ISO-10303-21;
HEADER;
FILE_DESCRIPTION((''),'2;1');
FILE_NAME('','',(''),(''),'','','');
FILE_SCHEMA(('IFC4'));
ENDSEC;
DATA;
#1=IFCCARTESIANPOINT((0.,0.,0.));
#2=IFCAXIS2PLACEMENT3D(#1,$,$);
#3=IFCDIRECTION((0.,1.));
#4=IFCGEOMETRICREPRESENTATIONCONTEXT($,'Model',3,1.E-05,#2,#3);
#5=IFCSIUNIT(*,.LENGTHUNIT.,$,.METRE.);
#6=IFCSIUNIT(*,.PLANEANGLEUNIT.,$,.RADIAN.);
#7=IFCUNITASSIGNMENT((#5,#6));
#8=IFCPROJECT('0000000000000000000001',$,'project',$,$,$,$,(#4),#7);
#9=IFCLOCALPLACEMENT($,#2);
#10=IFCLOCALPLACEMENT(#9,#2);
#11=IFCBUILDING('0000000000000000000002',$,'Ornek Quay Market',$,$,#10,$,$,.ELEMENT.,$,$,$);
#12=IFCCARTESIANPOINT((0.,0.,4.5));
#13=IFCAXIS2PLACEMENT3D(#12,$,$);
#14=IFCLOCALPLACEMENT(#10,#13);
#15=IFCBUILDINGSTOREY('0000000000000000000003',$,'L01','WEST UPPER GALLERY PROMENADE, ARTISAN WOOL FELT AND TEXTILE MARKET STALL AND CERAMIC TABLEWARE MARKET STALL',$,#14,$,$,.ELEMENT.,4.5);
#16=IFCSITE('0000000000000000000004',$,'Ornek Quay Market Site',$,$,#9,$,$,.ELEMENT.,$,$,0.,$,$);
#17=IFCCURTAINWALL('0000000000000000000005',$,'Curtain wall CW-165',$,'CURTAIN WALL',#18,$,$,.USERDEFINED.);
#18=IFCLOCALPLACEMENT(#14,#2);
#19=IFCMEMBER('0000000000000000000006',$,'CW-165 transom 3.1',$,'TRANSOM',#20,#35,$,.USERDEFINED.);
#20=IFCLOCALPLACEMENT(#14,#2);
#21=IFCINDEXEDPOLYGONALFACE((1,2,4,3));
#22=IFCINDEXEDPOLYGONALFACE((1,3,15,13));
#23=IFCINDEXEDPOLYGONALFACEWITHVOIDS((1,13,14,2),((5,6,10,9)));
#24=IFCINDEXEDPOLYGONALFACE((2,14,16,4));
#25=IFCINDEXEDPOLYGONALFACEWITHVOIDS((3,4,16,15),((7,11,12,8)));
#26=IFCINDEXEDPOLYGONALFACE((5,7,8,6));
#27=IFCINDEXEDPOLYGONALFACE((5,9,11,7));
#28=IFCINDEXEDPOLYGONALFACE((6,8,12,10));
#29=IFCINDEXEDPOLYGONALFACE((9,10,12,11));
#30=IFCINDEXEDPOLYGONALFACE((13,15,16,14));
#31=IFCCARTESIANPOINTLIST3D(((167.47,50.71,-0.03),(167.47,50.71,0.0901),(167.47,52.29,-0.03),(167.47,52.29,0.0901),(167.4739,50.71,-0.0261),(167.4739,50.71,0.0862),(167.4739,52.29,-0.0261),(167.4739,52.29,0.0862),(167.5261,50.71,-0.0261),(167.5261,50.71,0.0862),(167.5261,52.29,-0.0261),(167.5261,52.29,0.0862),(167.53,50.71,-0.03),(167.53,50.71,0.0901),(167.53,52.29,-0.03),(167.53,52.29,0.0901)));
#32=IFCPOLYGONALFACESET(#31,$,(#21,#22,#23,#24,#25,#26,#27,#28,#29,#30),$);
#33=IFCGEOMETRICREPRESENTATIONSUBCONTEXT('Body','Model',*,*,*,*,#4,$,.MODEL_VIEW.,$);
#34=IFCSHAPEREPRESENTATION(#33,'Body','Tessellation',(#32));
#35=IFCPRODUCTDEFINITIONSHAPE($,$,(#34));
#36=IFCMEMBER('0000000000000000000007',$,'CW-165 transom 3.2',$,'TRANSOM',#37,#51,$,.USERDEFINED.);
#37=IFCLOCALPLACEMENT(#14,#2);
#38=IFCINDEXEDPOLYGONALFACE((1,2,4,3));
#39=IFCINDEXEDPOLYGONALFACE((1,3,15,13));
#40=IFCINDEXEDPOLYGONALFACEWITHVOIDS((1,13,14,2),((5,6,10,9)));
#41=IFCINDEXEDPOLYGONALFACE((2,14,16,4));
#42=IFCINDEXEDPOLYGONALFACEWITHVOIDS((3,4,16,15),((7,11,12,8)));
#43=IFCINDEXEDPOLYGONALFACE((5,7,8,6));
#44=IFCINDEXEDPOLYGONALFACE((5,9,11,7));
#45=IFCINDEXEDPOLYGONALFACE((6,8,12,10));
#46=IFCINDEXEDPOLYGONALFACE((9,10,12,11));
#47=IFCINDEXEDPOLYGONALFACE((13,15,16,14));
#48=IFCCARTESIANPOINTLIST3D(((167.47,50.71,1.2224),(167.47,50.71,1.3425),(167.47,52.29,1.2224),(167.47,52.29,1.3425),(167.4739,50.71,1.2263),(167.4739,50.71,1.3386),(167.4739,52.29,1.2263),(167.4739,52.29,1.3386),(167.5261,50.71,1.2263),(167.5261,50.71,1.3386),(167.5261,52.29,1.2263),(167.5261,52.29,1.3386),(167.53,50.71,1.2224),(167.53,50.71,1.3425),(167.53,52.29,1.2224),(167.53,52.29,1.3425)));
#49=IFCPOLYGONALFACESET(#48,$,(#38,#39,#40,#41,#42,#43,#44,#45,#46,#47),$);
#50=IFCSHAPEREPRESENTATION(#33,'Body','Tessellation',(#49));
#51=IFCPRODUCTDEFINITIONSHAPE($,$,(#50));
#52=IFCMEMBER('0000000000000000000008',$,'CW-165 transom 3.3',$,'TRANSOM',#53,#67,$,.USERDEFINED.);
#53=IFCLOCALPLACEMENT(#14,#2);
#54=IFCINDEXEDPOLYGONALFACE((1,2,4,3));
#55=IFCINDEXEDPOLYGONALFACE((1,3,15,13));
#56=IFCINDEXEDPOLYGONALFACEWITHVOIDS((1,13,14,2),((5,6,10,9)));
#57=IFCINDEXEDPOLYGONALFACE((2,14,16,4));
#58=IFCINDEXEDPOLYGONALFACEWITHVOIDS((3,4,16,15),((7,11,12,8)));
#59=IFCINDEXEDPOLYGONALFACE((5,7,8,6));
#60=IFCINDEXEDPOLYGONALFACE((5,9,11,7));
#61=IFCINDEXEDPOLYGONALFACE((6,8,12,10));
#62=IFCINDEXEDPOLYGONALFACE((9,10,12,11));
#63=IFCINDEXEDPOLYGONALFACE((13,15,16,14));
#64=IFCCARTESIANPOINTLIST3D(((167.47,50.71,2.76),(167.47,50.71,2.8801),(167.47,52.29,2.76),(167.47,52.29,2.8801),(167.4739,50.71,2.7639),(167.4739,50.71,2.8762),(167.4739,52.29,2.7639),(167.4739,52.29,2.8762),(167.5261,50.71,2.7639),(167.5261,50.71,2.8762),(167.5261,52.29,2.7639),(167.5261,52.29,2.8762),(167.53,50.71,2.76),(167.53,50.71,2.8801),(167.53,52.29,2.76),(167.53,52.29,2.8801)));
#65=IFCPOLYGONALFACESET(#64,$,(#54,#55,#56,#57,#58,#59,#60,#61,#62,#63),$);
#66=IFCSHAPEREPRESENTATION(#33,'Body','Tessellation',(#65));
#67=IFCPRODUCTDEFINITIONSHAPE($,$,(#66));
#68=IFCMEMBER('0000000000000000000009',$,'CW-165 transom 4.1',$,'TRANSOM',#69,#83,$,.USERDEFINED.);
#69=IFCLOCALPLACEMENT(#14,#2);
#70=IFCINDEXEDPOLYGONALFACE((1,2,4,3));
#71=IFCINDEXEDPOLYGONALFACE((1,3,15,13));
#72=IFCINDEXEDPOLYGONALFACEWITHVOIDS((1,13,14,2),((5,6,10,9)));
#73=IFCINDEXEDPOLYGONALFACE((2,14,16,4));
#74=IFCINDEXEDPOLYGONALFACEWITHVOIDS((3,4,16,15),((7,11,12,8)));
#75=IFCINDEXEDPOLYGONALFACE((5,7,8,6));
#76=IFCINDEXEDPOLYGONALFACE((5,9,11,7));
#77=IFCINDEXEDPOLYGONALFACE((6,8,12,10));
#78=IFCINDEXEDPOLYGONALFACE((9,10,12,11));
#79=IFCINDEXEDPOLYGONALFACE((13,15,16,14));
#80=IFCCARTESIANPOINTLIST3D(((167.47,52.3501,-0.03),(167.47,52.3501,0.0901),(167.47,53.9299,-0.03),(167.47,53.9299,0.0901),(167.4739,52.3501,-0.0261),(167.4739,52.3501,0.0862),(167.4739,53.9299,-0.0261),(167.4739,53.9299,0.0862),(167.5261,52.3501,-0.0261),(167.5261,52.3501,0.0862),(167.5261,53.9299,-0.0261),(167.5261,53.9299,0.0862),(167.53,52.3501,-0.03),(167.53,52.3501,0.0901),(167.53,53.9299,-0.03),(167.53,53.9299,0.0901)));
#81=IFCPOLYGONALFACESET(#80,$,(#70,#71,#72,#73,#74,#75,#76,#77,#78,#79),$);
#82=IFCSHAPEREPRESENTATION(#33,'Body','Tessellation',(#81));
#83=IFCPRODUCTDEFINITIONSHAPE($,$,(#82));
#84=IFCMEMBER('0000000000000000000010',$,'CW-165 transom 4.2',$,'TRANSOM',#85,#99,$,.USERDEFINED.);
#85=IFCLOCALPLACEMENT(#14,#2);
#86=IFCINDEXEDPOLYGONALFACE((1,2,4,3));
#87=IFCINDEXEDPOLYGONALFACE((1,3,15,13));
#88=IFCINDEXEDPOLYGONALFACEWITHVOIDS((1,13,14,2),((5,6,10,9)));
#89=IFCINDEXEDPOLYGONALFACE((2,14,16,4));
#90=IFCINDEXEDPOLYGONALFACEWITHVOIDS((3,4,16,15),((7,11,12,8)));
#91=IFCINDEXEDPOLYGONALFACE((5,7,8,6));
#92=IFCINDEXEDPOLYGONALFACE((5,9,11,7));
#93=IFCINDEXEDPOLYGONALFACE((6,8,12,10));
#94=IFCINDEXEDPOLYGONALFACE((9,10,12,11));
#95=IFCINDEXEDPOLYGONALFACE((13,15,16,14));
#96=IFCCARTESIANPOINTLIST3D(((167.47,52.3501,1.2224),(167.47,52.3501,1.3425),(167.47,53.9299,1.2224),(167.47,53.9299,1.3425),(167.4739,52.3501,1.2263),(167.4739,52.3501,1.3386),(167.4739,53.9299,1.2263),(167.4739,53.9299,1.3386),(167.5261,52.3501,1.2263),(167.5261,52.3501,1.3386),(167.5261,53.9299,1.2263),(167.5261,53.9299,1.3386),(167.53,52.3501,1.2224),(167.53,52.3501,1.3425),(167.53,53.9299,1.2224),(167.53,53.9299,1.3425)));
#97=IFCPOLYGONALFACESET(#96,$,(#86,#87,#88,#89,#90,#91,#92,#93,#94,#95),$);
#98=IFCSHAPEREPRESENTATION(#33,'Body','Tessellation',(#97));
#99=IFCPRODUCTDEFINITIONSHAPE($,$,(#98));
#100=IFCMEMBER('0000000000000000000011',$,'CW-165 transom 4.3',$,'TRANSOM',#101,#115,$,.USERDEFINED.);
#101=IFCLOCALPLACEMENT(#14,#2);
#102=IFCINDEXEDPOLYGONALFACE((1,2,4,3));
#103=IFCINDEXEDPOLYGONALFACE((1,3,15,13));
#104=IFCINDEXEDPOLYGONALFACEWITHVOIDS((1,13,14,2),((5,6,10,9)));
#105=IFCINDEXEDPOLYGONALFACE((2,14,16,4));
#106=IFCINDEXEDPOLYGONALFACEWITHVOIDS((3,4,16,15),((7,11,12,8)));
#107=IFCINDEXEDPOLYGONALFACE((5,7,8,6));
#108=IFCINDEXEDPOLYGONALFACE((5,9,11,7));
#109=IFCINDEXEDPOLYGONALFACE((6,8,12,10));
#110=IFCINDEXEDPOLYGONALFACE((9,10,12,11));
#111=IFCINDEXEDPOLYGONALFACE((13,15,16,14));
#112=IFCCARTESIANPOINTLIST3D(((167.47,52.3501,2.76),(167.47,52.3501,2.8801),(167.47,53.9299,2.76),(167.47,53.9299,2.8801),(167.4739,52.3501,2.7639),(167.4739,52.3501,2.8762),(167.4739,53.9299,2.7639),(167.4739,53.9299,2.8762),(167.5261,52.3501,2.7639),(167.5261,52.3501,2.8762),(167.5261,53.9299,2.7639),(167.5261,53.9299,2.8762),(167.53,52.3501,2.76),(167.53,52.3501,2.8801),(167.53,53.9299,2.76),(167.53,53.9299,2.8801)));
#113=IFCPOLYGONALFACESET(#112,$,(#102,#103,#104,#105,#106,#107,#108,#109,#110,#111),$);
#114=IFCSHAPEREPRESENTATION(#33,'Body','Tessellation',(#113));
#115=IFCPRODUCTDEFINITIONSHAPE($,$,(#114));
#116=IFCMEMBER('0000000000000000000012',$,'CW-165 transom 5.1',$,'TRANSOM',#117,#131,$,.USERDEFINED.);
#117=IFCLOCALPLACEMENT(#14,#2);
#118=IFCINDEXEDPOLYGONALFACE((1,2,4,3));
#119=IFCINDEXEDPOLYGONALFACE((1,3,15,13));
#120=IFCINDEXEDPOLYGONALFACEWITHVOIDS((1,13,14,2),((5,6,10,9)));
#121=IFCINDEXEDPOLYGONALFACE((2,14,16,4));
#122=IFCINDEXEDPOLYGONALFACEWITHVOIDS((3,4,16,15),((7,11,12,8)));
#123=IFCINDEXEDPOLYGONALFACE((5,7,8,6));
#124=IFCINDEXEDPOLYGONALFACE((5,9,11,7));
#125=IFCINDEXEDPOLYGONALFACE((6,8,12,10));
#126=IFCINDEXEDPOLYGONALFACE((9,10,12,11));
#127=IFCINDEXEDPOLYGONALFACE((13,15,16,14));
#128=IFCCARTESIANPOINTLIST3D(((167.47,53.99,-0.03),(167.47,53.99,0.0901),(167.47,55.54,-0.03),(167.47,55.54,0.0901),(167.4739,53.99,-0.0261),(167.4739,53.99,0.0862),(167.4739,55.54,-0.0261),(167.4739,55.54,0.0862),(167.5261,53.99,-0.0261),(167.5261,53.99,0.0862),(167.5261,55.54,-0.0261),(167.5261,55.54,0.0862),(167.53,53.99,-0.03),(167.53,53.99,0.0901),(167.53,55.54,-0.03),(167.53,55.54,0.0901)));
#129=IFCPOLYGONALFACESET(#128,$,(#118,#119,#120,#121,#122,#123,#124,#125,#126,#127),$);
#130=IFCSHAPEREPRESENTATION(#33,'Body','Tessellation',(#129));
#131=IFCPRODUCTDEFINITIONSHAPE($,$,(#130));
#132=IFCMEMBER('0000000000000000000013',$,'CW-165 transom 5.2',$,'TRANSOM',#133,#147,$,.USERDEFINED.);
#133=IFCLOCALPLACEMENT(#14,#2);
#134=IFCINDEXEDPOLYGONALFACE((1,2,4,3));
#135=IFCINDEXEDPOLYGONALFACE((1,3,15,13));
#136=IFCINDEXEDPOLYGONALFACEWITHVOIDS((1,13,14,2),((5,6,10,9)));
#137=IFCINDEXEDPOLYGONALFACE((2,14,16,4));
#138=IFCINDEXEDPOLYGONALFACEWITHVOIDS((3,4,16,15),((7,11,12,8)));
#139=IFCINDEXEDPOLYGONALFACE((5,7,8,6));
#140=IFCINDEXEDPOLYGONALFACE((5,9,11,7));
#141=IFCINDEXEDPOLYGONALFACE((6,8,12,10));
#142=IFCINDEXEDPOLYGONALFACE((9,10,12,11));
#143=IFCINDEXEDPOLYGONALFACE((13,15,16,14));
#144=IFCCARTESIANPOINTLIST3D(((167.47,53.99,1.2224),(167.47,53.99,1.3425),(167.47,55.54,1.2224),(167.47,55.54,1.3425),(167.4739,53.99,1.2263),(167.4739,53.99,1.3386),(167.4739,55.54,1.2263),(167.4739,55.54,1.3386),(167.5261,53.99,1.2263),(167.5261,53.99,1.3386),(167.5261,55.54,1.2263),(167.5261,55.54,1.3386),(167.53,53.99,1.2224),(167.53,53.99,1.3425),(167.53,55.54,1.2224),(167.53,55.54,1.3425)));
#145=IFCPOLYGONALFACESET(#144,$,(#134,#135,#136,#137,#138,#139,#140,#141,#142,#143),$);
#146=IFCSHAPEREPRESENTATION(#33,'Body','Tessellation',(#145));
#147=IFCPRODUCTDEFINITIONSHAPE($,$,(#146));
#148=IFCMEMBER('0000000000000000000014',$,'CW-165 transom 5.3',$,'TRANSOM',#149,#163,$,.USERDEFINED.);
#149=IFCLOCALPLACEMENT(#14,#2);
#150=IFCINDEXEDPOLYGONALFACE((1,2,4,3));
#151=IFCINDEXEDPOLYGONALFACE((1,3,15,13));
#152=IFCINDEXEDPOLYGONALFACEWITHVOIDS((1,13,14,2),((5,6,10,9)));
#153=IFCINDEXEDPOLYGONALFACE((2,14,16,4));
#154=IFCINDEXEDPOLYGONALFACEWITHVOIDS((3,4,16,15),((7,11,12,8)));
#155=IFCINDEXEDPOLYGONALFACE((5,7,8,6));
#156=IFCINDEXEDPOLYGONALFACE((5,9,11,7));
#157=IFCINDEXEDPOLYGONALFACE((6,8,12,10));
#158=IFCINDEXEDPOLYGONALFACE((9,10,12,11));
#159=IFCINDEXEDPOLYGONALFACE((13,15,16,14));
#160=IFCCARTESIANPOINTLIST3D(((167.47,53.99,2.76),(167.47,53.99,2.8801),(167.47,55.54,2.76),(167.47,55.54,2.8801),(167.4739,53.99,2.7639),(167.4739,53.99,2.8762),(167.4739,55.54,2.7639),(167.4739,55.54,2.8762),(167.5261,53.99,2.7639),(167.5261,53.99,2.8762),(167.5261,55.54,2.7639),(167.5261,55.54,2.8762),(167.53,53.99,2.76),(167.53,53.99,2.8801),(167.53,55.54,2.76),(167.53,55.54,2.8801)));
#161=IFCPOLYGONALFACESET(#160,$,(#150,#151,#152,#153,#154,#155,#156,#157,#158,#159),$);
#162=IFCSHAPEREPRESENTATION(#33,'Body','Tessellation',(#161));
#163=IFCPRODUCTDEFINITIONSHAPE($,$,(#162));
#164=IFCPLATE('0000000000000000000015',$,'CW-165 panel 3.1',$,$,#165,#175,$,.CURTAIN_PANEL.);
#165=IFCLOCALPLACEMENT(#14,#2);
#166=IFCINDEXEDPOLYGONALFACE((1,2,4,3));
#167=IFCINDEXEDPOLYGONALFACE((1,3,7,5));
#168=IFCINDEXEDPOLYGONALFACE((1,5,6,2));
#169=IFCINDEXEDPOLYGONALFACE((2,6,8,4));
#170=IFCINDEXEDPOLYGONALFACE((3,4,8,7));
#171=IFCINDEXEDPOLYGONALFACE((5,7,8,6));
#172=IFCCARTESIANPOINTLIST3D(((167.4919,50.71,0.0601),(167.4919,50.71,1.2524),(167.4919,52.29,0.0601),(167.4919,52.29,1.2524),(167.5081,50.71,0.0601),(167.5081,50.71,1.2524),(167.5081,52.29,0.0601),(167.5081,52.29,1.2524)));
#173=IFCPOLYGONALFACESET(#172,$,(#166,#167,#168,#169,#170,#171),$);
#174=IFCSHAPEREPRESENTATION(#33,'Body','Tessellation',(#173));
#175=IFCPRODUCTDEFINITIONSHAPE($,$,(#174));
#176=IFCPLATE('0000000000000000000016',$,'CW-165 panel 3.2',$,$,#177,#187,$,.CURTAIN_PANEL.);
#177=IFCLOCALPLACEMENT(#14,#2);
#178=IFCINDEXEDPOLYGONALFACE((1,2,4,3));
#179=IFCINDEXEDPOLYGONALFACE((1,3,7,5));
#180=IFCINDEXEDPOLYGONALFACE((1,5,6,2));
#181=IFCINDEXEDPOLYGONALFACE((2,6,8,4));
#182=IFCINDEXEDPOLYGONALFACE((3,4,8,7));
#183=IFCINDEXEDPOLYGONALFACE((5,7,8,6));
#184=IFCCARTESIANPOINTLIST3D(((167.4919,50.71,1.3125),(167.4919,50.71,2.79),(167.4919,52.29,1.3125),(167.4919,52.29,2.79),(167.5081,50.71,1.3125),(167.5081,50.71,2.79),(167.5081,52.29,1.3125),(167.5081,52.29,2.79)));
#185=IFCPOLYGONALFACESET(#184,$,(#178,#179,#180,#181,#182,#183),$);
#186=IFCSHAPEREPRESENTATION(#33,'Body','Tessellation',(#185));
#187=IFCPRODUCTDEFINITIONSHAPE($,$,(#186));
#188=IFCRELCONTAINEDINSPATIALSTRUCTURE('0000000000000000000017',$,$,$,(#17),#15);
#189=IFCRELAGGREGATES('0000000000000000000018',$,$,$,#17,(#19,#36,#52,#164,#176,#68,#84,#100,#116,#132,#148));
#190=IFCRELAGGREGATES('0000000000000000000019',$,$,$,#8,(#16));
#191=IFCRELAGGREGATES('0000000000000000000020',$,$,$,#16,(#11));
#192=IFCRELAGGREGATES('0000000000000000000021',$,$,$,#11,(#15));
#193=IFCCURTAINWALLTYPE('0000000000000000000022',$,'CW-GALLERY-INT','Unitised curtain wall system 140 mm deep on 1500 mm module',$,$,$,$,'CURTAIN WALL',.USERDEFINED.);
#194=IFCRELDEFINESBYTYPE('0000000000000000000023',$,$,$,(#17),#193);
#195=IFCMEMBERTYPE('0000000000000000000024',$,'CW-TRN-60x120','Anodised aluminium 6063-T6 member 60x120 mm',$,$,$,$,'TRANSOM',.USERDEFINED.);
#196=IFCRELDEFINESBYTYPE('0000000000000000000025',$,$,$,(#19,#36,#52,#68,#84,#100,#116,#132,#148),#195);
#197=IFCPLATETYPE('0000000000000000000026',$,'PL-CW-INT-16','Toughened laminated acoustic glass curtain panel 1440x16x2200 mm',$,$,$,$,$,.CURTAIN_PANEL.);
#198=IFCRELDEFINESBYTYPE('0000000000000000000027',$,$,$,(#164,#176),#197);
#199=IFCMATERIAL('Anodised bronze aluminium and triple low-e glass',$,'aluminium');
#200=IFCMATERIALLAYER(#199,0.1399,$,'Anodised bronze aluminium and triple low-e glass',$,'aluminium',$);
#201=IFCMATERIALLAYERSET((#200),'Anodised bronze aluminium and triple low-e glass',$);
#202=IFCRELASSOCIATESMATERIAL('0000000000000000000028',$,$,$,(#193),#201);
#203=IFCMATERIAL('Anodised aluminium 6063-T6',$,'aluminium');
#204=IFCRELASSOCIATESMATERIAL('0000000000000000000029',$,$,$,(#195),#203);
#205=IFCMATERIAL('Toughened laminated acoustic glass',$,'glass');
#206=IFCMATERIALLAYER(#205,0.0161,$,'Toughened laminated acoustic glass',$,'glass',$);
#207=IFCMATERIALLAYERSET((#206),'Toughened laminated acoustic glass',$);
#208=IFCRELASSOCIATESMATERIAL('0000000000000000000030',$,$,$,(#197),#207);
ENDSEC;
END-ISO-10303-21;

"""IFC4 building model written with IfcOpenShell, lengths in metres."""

from ifc_helpers import new_model, si_unit, direction, frame, origin, origin_2d, place, context, subcontext, project, spatial, rectangle, hollow_rectangle, extrude, material, layer, layer_set, material_profile, profile_set, type_object, element, aggregate, save


model = new_model("IFC4")

# Units and contexts
model_context = context("Model", 3, precision=1e-05, world=origin(), true_north=direction((0.0, 1.0)))
body_context = subcontext(model_context, "Body", "Model", "MODEL_VIEW")
ifc_project = project(units=[si_unit("LENGTHUNIT", "METRE"), si_unit("PLANEANGLEUNIT", "RADIAN")], contexts=[model_context])

# Site, building, storey
site_placement = place(None, origin())
site = spatial("IfcSite", under=ifc_project, at=site_placement, Name="Ornek Quay Market Site", CompositionType="ELEMENT", RefElevation=0.0)
building_placement = place(site_placement, origin())
building = spatial("IfcBuilding", under=site, at=building_placement, Name="Ornek Quay Market", CompositionType="ELEMENT")
storey_placement = place(building_placement, frame((0.0, 0.0, 4.5)))
storey = spatial("IfcBuildingStorey", under=building, at=storey_placement, Name="L01", Description="WEST UPPER GALLERY PROMENADE, ARTISAN WOOL FELT AND TEXTILE MARKET STALL AND CERAMIC TABLEWARE MARKET STALL", CompositionType="ELEMENT", Elevation=4.5)

# Curtain wall
ifc_material_1 = material(Name="Anodised bronze aluminium and triple low-e glass", Category="aluminium")
ifc_layer_1 = layer(ifc_material_1, 0.1399, Name="Anodised bronze aluminium and triple low-e glass", Category="aluminium")
ifc_layer_set_1 = layer_set([ifc_layer_1], Name="Anodised bronze aluminium and triple low-e glass")
curtain_wall_type = type_object("IfcCurtainWallType", Name="CW-GALLERY-INT", Description="Unitised curtain wall system 140 mm deep on 1500 mm module", ElementType="CURTAIN WALL", PredefinedType="USERDEFINED", material=ifc_layer_set_1)
curtain_wall_1_placement = place(storey_placement, origin())
curtain_wall_1 = element("IfcCurtainWall", 1, at=curtain_wall_1_placement, inside=storey, type_object=curtain_wall_type, Name="Curtain wall CW-165", ObjectType="CURTAIN WALL", PredefinedType="USERDEFINED")
ifc_material_2 = material(Name="Anodised aluminium 6063-T6", Category="aluminium")

# Members
ifc_material_profile_1 = material_profile(ifc_material_2, hollow_rectangle(XDim=0.0601, YDim=0.1201, WallThickness=0.0039, at=origin_2d()), Name="CW-TRN-60x120", Category="aluminium")
ifc_profile_set_1 = profile_set([ifc_material_profile_1], Name="Anodised aluminium 6063-T6")
member_type_1 = type_object("IfcMemberType", Name="CW-TRN-60x120", Description="Anodised aluminium 6063-T6 member 60x120 mm", ElementType="TRANSOM", PredefinedType="USERDEFINED", material=ifc_profile_set_1)
member_1_placement = place(storey_placement, frame((167.5, 50.71, 0.03), z_axis=(0.0, 1.0, 0.0), x_axis=(-1.0, 0.0, 0.0)))
member_1 = element("IfcMember", 2, at=member_1_placement, type_object=member_type_1, Name="CW-165 transom 3.1", ObjectType="TRANSOM", PredefinedType="USERDEFINED", context=body_context, shape_type="SweptSolid", body=[
    extrude(hollow_rectangle(XDim=0.0601, YDim=0.1201, WallThickness=0.0039, at=origin_2d()), origin(), (0.0, 0.0, 1.0), 1.5801),
])
member_2_placement = place(storey_placement, frame((167.5, 50.71, 1.2825), z_axis=(0.0, 1.0, 0.0), x_axis=(-1.0, 0.0, 0.0)))
member_2 = element("IfcMember", 3, at=member_2_placement, type_object=member_type_1, Name="CW-165 transom 3.2", ObjectType="TRANSOM", PredefinedType="USERDEFINED", context=body_context, shape_type="SweptSolid", body=[
    extrude(hollow_rectangle(XDim=0.0601, YDim=0.1201, WallThickness=0.0039, at=origin_2d()), origin(), (0.0, 0.0, 1.0), 1.5801),
])
member_3_placement = place(storey_placement, frame((167.5, 50.71, 2.8201), z_axis=(0.0, 1.0, 0.0), x_axis=(-1.0, 0.0, 0.0)))
member_3 = element("IfcMember", 4, at=member_3_placement, type_object=member_type_1, Name="CW-165 transom 3.3", ObjectType="TRANSOM", PredefinedType="USERDEFINED", context=body_context, shape_type="SweptSolid", body=[
    extrude(hollow_rectangle(XDim=0.0601, YDim=0.1201, WallThickness=0.0039, at=origin_2d()), origin(), (0.0, 0.0, 1.0), 1.5801),
])
member_4_placement = place(storey_placement, frame((167.5, 52.3501, 0.03), z_axis=(0.0, 1.0, 0.0), x_axis=(-1.0, 0.0, 0.0)))
member_4 = element("IfcMember", 5, at=member_4_placement, type_object=member_type_1, Name="CW-165 transom 4.1", ObjectType="TRANSOM", PredefinedType="USERDEFINED", context=body_context, shape_type="SweptSolid", body=[
    extrude(hollow_rectangle(XDim=0.0601, YDim=0.1201, WallThickness=0.0039, at=origin_2d()), origin(), (0.0, 0.0, 1.0), 1.5798),
])
member_5_placement = place(storey_placement, frame((167.5, 52.3501, 1.2825), z_axis=(0.0, 1.0, 0.0), x_axis=(-1.0, 0.0, 0.0)))
member_5 = element("IfcMember", 6, at=member_5_placement, type_object=member_type_1, Name="CW-165 transom 4.2", ObjectType="TRANSOM", PredefinedType="USERDEFINED", context=body_context, shape_type="SweptSolid", body=[
    extrude(hollow_rectangle(XDim=0.0601, YDim=0.1201, WallThickness=0.0039, at=origin_2d()), origin(), (0.0, 0.0, 1.0), 1.5798),
])
member_6_placement = place(storey_placement, frame((167.5, 52.3501, 2.8201), z_axis=(0.0, 1.0, 0.0), x_axis=(-1.0, 0.0, 0.0)))
member_6 = element("IfcMember", 7, at=member_6_placement, type_object=member_type_1, Name="CW-165 transom 4.3", ObjectType="TRANSOM", PredefinedType="USERDEFINED", context=body_context, shape_type="SweptSolid", body=[
    extrude(hollow_rectangle(XDim=0.0601, YDim=0.1201, WallThickness=0.0039, at=origin_2d()), origin(), (0.0, 0.0, 1.0), 1.5798),
])
member_7_placement = place(storey_placement, frame((167.5, 53.99, 0.03), z_axis=(0.0, 1.0, 0.0), x_axis=(-1.0, 0.0, 0.0)))
member_7 = element("IfcMember", 8, at=member_7_placement, type_object=member_type_1, Name="CW-165 transom 5.1", ObjectType="TRANSOM", PredefinedType="USERDEFINED", context=body_context, shape_type="SweptSolid", body=[
    extrude(hollow_rectangle(XDim=0.0601, YDim=0.1201, WallThickness=0.0039, at=origin_2d()), origin(), (0.0, 0.0, 1.0), 1.55),
])
member_8_placement = place(storey_placement, frame((167.5, 53.99, 1.2825), z_axis=(0.0, 1.0, 0.0), x_axis=(-1.0, 0.0, 0.0)))
member_8 = element("IfcMember", 9, at=member_8_placement, type_object=member_type_1, Name="CW-165 transom 5.2", ObjectType="TRANSOM", PredefinedType="USERDEFINED", context=body_context, shape_type="SweptSolid", body=[
    extrude(hollow_rectangle(XDim=0.0601, YDim=0.1201, WallThickness=0.0039, at=origin_2d()), origin(), (0.0, 0.0, 1.0), 1.55),
])
member_9_placement = place(storey_placement, frame((167.5, 53.99, 2.8201), z_axis=(0.0, 1.0, 0.0), x_axis=(-1.0, 0.0, 0.0)))
member_9 = element("IfcMember", 10, at=member_9_placement, type_object=member_type_1, Name="CW-165 transom 5.3", ObjectType="TRANSOM", PredefinedType="USERDEFINED", context=body_context, shape_type="SweptSolid", body=[
    extrude(hollow_rectangle(XDim=0.0601, YDim=0.1201, WallThickness=0.0039, at=origin_2d()), origin(), (0.0, 0.0, 1.0), 1.55),
])

# Plates
ifc_material_3 = material(Name="Toughened laminated acoustic glass", Category="glass")
ifc_layer_2 = layer(ifc_material_3, 0.0161, Name="Toughened laminated acoustic glass", Category="glass")
ifc_layer_set_2 = layer_set([ifc_layer_2], Name="Toughened laminated acoustic glass")
plate_type = type_object("IfcPlateType", Name="PL-CW-INT-16", Description="Toughened laminated acoustic glass curtain panel 1440x16x2200 mm", PredefinedType="CURTAIN_PANEL", material=ifc_layer_set_2)
plate_1_placement = place(storey_placement, frame((167.5, 51.5, 0.0601), z_axis=(0.0, 0.0, 1.0), x_axis=(0.0, 1.0, 0.0)))
plate_1 = element("IfcPlate", 11, at=plate_1_placement, type_object=plate_type, Name="CW-165 panel 3.1", PredefinedType="CURTAIN_PANEL", context=body_context, shape_type="SweptSolid", body=[
    extrude(rectangle(XDim=1.5801, YDim=0.0161, at=origin_2d()), origin(), (0.0, 0.0, 1.0), 1.1924),
])
plate_2_placement = place(storey_placement, frame((167.5, 51.5, 1.3125), z_axis=(0.0, 0.0, 1.0), x_axis=(0.0, 1.0, 0.0)))
plate_2 = element("IfcPlate", 12, at=plate_2_placement, type_object=plate_type, Name="CW-165 panel 3.2", PredefinedType="CURTAIN_PANEL", context=body_context, shape_type="SweptSolid", body=[
    extrude(rectangle(XDim=1.5801, YDim=0.0161, at=origin_2d()), origin(), (0.0, 0.0, 1.0), 1.4775),
])
aggregate(curtain_wall_1, [member_1, member_2, member_3, plate_1, plate_2, member_4, member_5, member_6, member_7, member_8, member_9])

save(model, "model.ifc")
